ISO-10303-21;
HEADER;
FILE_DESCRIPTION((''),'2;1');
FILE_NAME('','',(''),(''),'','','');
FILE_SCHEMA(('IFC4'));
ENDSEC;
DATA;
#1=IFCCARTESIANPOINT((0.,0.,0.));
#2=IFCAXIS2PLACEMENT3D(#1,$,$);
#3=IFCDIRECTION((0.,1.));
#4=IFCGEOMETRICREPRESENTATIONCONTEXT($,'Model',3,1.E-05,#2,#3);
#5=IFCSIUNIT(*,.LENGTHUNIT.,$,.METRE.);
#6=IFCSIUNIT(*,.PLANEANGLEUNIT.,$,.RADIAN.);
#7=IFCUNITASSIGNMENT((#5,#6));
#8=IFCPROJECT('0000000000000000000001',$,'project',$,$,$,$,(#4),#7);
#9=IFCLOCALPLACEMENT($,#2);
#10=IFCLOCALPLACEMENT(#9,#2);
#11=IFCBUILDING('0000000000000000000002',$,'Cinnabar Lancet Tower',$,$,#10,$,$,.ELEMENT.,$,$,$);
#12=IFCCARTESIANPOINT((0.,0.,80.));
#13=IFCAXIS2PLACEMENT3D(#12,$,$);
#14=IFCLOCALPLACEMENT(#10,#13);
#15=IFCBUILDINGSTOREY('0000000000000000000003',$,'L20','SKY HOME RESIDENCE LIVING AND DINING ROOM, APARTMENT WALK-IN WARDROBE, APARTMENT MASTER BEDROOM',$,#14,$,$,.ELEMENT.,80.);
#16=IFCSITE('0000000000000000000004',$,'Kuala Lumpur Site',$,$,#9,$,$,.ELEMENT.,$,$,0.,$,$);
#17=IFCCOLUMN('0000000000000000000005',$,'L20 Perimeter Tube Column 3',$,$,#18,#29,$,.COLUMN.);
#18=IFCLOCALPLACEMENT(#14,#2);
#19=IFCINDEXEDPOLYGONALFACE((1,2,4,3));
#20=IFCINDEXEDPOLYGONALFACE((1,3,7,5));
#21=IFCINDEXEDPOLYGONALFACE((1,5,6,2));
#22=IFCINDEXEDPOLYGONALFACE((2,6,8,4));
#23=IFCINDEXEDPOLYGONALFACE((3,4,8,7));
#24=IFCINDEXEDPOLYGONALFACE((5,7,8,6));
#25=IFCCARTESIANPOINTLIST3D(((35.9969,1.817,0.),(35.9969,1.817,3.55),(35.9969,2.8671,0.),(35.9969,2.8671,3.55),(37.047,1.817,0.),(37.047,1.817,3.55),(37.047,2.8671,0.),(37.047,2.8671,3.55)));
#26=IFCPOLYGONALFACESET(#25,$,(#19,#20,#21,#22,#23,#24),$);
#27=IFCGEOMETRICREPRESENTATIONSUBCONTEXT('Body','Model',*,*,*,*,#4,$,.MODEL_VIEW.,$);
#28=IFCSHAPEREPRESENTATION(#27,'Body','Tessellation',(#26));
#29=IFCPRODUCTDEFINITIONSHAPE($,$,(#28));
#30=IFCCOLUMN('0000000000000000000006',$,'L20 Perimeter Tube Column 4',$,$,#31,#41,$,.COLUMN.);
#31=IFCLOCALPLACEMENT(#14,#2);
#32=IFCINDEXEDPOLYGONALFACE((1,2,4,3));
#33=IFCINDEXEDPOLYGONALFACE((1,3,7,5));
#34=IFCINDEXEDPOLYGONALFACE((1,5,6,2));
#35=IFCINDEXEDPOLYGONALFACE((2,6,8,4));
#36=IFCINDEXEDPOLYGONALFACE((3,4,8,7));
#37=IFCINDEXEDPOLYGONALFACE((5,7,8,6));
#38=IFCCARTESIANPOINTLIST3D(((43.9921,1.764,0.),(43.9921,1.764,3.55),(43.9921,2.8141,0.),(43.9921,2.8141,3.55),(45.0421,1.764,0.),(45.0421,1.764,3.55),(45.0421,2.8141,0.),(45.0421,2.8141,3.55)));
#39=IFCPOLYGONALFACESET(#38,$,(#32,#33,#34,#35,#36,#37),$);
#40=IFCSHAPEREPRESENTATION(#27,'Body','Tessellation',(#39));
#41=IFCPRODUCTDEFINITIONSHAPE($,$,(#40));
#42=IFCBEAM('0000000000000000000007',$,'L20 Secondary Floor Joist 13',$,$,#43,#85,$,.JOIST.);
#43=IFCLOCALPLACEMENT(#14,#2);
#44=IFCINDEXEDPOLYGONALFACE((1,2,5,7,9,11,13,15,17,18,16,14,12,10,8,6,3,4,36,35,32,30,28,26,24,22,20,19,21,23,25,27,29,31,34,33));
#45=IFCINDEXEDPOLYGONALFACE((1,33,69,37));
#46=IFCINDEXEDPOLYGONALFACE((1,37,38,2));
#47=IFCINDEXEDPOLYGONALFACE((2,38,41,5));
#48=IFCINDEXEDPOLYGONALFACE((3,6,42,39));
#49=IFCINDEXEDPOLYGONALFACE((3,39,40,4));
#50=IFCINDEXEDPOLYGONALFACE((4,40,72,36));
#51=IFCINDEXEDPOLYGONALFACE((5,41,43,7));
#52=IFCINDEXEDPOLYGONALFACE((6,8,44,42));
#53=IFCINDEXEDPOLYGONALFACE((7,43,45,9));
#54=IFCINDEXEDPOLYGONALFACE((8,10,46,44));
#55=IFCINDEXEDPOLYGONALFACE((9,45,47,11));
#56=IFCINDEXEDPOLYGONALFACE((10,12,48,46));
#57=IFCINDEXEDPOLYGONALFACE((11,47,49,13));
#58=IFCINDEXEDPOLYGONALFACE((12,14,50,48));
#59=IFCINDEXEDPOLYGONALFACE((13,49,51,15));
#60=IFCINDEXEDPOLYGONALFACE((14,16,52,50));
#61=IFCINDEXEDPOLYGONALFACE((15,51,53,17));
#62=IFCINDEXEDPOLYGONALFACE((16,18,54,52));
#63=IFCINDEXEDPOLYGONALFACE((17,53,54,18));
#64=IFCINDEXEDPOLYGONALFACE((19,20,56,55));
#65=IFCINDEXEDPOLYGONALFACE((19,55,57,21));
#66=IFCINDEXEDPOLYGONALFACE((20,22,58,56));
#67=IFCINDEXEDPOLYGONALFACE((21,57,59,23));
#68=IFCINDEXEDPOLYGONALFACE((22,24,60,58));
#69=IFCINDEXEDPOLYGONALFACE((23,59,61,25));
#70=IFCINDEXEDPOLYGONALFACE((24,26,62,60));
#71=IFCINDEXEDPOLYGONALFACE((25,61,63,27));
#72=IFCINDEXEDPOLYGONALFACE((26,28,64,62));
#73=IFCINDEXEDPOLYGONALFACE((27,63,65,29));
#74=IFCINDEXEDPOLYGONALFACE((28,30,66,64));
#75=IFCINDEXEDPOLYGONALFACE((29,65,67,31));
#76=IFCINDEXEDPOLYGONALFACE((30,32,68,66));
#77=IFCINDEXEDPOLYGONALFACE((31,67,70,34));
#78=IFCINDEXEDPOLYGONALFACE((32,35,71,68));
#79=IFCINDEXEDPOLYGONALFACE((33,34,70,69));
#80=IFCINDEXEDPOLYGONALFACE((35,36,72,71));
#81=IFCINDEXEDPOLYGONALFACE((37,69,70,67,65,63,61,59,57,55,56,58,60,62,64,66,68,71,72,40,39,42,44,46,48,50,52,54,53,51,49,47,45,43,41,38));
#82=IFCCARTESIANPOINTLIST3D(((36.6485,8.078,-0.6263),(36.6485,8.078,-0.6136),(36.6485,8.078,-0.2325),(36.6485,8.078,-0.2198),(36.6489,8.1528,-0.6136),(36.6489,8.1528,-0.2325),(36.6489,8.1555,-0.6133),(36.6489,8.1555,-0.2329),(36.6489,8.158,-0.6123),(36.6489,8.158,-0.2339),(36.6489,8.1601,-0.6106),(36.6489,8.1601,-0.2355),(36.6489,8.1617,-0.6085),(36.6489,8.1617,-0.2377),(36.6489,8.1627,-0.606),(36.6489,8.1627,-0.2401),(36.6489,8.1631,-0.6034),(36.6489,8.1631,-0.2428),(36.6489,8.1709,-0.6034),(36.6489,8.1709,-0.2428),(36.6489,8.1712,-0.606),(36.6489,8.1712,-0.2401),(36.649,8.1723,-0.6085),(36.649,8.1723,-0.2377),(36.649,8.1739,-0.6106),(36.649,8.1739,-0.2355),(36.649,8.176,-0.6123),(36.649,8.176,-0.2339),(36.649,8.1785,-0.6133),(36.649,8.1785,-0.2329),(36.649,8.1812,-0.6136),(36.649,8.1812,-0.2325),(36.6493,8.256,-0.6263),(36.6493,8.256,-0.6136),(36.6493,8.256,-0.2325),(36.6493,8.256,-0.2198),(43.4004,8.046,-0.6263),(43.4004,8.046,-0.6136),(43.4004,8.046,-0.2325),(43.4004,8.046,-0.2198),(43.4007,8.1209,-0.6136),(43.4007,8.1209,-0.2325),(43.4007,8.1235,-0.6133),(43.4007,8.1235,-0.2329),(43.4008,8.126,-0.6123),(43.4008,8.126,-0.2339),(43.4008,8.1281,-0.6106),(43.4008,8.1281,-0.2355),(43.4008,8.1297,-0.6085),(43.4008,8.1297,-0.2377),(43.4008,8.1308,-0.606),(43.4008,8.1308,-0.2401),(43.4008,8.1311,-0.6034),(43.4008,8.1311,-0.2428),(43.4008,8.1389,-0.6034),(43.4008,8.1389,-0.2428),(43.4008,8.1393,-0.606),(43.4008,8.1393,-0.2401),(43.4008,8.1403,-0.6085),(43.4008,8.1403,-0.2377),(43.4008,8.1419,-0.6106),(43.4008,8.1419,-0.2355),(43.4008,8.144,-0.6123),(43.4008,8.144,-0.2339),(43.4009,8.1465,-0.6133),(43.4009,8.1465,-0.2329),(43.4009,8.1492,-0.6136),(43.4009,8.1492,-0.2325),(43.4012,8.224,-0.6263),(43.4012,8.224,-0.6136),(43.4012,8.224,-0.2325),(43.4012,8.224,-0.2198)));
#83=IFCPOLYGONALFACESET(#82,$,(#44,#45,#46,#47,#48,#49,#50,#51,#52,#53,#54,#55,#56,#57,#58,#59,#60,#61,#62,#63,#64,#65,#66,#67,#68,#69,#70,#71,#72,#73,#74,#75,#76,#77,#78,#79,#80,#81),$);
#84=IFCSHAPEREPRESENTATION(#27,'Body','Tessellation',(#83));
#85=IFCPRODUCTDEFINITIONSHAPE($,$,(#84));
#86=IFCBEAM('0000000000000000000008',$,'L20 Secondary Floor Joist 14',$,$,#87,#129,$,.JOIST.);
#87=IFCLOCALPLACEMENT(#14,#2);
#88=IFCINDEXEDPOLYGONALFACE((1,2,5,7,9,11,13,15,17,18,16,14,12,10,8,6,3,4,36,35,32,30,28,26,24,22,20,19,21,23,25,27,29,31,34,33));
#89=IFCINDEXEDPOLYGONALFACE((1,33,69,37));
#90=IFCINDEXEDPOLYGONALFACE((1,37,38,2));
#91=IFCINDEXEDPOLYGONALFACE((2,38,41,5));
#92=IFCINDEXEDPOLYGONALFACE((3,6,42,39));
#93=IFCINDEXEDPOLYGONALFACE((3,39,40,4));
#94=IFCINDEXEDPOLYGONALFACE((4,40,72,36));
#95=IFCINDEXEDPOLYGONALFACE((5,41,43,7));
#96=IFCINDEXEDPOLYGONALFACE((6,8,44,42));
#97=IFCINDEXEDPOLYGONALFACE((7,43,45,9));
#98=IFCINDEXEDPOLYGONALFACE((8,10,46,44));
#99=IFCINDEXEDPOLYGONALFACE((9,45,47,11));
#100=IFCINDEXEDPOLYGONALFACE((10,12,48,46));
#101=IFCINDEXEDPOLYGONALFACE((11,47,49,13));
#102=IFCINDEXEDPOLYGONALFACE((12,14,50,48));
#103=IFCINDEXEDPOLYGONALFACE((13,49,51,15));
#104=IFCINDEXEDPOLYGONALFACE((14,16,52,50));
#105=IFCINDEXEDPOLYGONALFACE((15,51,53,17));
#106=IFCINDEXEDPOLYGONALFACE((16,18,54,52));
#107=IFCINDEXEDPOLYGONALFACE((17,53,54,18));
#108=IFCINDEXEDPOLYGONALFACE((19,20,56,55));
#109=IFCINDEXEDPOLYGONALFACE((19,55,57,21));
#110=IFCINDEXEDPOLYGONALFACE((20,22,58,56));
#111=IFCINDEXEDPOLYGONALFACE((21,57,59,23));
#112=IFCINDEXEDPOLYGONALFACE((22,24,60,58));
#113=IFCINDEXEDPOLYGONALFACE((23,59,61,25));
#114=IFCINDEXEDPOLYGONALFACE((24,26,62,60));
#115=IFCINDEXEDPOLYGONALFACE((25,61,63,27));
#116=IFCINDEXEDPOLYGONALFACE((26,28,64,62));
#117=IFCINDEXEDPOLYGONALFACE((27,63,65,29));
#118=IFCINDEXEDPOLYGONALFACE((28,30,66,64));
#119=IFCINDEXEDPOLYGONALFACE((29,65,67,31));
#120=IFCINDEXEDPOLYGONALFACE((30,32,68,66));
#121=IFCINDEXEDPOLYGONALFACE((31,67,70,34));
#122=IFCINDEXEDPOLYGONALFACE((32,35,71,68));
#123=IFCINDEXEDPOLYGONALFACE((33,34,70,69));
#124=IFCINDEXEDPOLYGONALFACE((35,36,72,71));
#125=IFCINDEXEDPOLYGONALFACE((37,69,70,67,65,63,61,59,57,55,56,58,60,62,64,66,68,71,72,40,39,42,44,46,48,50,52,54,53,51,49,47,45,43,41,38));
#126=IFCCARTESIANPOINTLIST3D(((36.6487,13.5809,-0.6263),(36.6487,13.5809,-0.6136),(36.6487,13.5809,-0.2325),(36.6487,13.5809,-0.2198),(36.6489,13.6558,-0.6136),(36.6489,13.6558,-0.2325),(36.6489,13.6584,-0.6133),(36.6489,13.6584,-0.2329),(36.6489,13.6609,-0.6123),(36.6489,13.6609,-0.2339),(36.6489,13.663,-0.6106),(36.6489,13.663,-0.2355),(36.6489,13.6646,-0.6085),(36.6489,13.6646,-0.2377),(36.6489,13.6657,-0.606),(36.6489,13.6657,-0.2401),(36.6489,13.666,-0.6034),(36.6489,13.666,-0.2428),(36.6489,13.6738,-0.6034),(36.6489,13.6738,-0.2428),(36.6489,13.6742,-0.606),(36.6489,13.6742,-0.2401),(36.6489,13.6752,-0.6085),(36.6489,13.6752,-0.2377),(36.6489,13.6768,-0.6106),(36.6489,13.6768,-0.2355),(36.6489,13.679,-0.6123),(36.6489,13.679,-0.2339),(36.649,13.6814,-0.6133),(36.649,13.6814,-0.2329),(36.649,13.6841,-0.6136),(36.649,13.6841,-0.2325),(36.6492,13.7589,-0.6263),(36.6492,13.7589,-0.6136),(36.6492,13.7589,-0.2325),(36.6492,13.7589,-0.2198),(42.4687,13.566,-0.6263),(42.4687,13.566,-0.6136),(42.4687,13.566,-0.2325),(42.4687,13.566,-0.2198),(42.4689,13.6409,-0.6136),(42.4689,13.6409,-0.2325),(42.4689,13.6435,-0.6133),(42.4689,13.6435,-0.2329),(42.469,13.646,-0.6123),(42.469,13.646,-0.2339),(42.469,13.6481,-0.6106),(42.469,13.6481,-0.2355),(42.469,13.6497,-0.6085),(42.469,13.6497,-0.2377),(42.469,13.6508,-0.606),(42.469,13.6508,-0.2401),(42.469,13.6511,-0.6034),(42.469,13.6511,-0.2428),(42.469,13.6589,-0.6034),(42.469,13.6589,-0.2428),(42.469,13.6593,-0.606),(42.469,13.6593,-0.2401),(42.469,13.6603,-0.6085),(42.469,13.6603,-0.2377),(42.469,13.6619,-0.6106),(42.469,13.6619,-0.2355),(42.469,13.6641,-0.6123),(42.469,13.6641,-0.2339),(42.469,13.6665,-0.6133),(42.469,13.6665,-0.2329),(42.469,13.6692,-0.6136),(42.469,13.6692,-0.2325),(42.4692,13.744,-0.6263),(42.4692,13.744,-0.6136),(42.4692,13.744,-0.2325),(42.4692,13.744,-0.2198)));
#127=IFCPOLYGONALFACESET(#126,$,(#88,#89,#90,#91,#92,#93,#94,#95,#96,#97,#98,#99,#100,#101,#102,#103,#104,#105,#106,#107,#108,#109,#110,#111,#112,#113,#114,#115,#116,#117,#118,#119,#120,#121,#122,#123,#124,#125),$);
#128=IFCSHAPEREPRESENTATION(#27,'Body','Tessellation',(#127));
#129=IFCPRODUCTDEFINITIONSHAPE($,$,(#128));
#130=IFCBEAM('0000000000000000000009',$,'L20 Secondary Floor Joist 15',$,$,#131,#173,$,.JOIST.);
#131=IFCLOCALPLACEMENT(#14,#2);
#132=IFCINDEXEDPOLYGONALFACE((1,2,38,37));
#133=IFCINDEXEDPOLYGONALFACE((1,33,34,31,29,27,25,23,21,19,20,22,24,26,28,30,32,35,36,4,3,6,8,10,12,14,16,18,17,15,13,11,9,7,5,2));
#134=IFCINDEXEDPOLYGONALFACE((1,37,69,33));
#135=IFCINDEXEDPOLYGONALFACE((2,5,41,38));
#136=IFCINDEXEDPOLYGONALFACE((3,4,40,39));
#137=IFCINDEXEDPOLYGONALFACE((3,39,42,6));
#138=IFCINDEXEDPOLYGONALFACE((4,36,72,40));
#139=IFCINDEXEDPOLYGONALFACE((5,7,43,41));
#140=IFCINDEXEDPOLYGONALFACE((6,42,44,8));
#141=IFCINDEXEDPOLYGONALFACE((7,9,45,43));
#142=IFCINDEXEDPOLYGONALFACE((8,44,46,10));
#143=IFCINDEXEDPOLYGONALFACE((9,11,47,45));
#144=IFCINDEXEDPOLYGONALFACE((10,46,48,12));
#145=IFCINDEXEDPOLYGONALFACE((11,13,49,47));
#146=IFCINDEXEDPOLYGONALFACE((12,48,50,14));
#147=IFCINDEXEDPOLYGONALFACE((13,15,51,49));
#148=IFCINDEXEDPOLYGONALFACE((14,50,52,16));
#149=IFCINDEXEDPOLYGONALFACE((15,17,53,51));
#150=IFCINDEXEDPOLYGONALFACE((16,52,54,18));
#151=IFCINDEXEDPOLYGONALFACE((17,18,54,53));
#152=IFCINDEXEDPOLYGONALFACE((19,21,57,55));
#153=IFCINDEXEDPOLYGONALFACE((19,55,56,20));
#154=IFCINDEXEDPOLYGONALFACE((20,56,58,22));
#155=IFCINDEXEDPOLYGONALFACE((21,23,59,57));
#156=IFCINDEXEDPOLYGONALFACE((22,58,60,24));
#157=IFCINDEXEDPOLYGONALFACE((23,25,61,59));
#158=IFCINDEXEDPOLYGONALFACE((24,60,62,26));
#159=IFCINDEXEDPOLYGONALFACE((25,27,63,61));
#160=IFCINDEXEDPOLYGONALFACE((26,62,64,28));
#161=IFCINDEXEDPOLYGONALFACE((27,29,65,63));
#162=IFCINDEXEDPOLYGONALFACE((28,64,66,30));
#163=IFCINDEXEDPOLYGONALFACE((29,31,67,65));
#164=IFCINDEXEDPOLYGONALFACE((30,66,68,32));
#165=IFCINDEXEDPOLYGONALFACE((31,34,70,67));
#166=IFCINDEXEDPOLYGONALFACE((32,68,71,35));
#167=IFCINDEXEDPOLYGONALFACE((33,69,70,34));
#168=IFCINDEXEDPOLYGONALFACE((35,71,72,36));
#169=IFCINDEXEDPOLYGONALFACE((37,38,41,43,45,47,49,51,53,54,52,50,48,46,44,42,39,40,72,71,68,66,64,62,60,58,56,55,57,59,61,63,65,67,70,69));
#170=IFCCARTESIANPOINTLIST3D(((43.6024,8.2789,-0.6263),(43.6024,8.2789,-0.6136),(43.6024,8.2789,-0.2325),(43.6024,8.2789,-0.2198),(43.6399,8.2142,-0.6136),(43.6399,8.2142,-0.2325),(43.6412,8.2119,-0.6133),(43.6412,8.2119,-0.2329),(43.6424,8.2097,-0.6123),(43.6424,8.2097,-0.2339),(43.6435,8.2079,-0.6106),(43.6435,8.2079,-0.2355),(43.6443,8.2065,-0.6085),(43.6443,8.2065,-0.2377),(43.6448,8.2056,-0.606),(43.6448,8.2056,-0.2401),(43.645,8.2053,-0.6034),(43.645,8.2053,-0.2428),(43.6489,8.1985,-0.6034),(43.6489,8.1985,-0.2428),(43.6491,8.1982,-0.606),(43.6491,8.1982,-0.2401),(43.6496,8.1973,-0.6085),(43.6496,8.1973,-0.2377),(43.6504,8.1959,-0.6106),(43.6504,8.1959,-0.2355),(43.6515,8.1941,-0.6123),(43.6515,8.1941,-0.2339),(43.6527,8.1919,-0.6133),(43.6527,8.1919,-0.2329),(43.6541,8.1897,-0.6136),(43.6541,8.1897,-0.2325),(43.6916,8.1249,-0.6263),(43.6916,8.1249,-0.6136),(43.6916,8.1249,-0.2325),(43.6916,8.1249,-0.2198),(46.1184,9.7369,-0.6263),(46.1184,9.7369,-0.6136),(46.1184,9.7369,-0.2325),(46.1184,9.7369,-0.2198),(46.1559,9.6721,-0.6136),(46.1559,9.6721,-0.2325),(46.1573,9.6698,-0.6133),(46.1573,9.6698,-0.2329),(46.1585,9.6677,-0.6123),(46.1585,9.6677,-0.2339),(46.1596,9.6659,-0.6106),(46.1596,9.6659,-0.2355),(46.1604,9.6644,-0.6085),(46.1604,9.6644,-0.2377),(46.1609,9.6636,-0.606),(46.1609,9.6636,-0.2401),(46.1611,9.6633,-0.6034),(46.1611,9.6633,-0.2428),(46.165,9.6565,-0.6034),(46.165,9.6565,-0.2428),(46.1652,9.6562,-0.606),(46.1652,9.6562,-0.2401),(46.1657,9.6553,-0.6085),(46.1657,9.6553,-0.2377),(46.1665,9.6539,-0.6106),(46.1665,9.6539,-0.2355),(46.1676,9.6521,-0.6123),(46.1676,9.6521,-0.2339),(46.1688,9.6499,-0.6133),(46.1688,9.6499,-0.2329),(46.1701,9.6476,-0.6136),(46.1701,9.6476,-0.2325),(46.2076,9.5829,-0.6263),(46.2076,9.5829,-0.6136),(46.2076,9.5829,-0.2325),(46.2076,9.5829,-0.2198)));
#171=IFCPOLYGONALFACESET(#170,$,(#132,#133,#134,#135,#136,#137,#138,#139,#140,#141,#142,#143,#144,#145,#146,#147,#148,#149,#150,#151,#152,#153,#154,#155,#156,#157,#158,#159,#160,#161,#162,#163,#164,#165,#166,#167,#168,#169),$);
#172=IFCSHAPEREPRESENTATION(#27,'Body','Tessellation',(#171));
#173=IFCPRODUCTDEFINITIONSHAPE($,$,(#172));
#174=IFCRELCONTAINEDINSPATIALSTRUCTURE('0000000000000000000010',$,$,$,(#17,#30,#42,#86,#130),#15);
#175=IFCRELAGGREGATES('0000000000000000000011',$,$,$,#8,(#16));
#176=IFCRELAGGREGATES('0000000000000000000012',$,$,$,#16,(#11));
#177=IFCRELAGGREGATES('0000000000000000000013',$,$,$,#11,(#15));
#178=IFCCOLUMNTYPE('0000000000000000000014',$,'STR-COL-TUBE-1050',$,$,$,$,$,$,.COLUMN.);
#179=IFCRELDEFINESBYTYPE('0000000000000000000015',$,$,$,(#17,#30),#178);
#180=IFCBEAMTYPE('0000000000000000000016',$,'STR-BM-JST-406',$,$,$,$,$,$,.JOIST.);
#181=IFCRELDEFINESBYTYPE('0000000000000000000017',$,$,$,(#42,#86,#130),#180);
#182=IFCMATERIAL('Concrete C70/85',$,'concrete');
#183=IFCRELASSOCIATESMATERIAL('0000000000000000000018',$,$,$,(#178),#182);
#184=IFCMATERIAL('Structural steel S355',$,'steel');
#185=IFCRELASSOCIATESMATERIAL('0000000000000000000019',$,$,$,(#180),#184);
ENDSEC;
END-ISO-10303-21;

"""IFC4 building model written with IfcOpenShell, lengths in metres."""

from ifc_helpers import new_model, si_unit, direction, frame, origin, origin_2d, place, context, subcontext, project, spatial, rectangle, i_section, extrude, material, material_profile, profile_set, type_object, element, save


model = new_model("IFC4")

# Units and contexts
model_context = context("Model", 3, precision=1e-05, world=origin(), true_north=direction((0.0, 1.0)))
body_context = subcontext(model_context, "Body", "Model", "MODEL_VIEW")
ifc_project = project(units=[si_unit("LENGTHUNIT", "METRE"), si_unit("PLANEANGLEUNIT", "RADIAN")], contexts=[model_context])

# Site, building, storey
site_placement = place(None, origin())
site = spatial("IfcSite", under=ifc_project, at=site_placement, Name="Kuala Lumpur Site", CompositionType="ELEMENT", RefElevation=0.0)
building_placement = place(site_placement, origin())
building = spatial("IfcBuilding", under=site, at=building_placement, Name="Cinnabar Lancet Tower", CompositionType="ELEMENT")
storey_placement = place(building_placement, frame((0.0, 0.0, 80.0)))
storey = spatial("IfcBuildingStorey", under=building, at=storey_placement, Name="L20", Description="SKY HOME RESIDENCE LIVING AND DINING ROOM, APARTMENT WALK-IN WARDROBE, APARTMENT MASTER BEDROOM", CompositionType="ELEMENT", Elevation=80.0)

# Columns
ifc_material_1 = material(Name="Concrete C70/85", Category="concrete")
ifc_material_profile_1 = material_profile(ifc_material_1, rectangle(XDim=1.05, YDim=1.05, at=origin_2d()), Name="RC-COL 1050x1050")
ifc_profile_set_1 = profile_set([ifc_material_profile_1], Name="Concrete C70/85")
column_type = type_object("IfcColumnType", Name="STR-COL-TUBE-1050", PredefinedType="COLUMN", material=ifc_profile_set_1)
for number, where, z_axis, x_axis, name in (
    (1, (36.522, 2.342, 0.0), (0.0, 0.0, 1.0), (1.0, 0.0, 0.0), "L20 Perimeter Tube Column 3"),
    (2, (44.5171, 2.2891, 0.0), (0.0, 0.0, 1.0), (1.0, 0.0, 0.0), "L20 Perimeter Tube Column 4"),
):
    element("IfcColumn", number, at=place(storey_placement, frame(where, z_axis=z_axis, x_axis=x_axis)), inside=storey, type_object=column_type, Name=name, PredefinedType="COLUMN", context=body_context, shape_type="SweptSolid", body=[
        extrude(rectangle(XDim=1.05, YDim=1.05, at=origin_2d()), origin(), (0.0, 0.0, 1.0), 3.55),
    ])

# Beams
ifc_material_2 = material(Name="Structural steel S355", Category="steel")
ifc_material_profile_2 = material_profile(ifc_material_2, i_section(OverallWidth=0.178, OverallDepth=0.4065, WebThickness=0.0078, FlangeThickness=0.0127, FilletRadius=0.0103, at=origin_2d()), Name="UKB 406x178x60")
ifc_profile_set_2 = profile_set([ifc_material_profile_2], Name="Structural steel S355")
beam_type_1 = type_object("IfcBeamType", Name="STR-BM-JST-406", PredefinedType="JOIST", material=ifc_profile_set_2)
beam_1_placement = place(storey_placement, frame((36.6489, 8.167, -0.4231), z_axis=(0.999989, -0.004737, 0.0), x_axis=(0.004737, 0.999989, 0.0)))
element("IfcBeam", 3, at=beam_1_placement, inside=storey, type_object=beam_type_1, Name="L20 Secondary Floor Joist 13", PredefinedType="JOIST", context=body_context, shape_type="SweptSolid", body=[
    extrude(i_section(OverallWidth=0.178, OverallDepth=0.4065, WebThickness=0.0078, FlangeThickness=0.0127, FilletRadius=0.0103, at=origin_2d()), origin(), (0.0, 0.0, 1.0), 6.752),
])
beam_2_placement = place(storey_placement, frame((36.6489, 13.6699, -0.4231), z_axis=(0.999997, -0.002559, 0.0), x_axis=(0.002559, 0.999997, 0.0)))
element("IfcBeam", 4, at=beam_2_placement, inside=storey, type_object=beam_type_1, Name="L20 Secondary Floor Joist 14", PredefinedType="JOIST", context=body_context, shape_type="SweptSolid", body=[
    extrude(i_section(OverallWidth=0.178, OverallDepth=0.4065, WebThickness=0.0078, FlangeThickness=0.0127, FilletRadius=0.0103, at=origin_2d()), origin(), (0.0, 0.0, 1.0), 5.8201),
])
beam_3_placement = place(storey_placement, frame((43.647, 8.2019, -0.4231), z_axis=(0.865231, 0.501374, 0.0), x_axis=(-0.501374, 0.865231, 0.0)))
element("IfcBeam", 5, at=beam_3_placement, inside=storey, type_object=beam_type_1, Name="L20 Secondary Floor Joist 15", PredefinedType="JOIST", context=body_context, shape_type="SweptSolid", body=[
    extrude(i_section(OverallWidth=0.178, OverallDepth=0.4065, WebThickness=0.0078, FlangeThickness=0.0127, FilletRadius=0.0103, at=origin_2d()), origin(), (0.0, 0.0, 1.0), 2.908),
])

save(model, "model.ifc")
